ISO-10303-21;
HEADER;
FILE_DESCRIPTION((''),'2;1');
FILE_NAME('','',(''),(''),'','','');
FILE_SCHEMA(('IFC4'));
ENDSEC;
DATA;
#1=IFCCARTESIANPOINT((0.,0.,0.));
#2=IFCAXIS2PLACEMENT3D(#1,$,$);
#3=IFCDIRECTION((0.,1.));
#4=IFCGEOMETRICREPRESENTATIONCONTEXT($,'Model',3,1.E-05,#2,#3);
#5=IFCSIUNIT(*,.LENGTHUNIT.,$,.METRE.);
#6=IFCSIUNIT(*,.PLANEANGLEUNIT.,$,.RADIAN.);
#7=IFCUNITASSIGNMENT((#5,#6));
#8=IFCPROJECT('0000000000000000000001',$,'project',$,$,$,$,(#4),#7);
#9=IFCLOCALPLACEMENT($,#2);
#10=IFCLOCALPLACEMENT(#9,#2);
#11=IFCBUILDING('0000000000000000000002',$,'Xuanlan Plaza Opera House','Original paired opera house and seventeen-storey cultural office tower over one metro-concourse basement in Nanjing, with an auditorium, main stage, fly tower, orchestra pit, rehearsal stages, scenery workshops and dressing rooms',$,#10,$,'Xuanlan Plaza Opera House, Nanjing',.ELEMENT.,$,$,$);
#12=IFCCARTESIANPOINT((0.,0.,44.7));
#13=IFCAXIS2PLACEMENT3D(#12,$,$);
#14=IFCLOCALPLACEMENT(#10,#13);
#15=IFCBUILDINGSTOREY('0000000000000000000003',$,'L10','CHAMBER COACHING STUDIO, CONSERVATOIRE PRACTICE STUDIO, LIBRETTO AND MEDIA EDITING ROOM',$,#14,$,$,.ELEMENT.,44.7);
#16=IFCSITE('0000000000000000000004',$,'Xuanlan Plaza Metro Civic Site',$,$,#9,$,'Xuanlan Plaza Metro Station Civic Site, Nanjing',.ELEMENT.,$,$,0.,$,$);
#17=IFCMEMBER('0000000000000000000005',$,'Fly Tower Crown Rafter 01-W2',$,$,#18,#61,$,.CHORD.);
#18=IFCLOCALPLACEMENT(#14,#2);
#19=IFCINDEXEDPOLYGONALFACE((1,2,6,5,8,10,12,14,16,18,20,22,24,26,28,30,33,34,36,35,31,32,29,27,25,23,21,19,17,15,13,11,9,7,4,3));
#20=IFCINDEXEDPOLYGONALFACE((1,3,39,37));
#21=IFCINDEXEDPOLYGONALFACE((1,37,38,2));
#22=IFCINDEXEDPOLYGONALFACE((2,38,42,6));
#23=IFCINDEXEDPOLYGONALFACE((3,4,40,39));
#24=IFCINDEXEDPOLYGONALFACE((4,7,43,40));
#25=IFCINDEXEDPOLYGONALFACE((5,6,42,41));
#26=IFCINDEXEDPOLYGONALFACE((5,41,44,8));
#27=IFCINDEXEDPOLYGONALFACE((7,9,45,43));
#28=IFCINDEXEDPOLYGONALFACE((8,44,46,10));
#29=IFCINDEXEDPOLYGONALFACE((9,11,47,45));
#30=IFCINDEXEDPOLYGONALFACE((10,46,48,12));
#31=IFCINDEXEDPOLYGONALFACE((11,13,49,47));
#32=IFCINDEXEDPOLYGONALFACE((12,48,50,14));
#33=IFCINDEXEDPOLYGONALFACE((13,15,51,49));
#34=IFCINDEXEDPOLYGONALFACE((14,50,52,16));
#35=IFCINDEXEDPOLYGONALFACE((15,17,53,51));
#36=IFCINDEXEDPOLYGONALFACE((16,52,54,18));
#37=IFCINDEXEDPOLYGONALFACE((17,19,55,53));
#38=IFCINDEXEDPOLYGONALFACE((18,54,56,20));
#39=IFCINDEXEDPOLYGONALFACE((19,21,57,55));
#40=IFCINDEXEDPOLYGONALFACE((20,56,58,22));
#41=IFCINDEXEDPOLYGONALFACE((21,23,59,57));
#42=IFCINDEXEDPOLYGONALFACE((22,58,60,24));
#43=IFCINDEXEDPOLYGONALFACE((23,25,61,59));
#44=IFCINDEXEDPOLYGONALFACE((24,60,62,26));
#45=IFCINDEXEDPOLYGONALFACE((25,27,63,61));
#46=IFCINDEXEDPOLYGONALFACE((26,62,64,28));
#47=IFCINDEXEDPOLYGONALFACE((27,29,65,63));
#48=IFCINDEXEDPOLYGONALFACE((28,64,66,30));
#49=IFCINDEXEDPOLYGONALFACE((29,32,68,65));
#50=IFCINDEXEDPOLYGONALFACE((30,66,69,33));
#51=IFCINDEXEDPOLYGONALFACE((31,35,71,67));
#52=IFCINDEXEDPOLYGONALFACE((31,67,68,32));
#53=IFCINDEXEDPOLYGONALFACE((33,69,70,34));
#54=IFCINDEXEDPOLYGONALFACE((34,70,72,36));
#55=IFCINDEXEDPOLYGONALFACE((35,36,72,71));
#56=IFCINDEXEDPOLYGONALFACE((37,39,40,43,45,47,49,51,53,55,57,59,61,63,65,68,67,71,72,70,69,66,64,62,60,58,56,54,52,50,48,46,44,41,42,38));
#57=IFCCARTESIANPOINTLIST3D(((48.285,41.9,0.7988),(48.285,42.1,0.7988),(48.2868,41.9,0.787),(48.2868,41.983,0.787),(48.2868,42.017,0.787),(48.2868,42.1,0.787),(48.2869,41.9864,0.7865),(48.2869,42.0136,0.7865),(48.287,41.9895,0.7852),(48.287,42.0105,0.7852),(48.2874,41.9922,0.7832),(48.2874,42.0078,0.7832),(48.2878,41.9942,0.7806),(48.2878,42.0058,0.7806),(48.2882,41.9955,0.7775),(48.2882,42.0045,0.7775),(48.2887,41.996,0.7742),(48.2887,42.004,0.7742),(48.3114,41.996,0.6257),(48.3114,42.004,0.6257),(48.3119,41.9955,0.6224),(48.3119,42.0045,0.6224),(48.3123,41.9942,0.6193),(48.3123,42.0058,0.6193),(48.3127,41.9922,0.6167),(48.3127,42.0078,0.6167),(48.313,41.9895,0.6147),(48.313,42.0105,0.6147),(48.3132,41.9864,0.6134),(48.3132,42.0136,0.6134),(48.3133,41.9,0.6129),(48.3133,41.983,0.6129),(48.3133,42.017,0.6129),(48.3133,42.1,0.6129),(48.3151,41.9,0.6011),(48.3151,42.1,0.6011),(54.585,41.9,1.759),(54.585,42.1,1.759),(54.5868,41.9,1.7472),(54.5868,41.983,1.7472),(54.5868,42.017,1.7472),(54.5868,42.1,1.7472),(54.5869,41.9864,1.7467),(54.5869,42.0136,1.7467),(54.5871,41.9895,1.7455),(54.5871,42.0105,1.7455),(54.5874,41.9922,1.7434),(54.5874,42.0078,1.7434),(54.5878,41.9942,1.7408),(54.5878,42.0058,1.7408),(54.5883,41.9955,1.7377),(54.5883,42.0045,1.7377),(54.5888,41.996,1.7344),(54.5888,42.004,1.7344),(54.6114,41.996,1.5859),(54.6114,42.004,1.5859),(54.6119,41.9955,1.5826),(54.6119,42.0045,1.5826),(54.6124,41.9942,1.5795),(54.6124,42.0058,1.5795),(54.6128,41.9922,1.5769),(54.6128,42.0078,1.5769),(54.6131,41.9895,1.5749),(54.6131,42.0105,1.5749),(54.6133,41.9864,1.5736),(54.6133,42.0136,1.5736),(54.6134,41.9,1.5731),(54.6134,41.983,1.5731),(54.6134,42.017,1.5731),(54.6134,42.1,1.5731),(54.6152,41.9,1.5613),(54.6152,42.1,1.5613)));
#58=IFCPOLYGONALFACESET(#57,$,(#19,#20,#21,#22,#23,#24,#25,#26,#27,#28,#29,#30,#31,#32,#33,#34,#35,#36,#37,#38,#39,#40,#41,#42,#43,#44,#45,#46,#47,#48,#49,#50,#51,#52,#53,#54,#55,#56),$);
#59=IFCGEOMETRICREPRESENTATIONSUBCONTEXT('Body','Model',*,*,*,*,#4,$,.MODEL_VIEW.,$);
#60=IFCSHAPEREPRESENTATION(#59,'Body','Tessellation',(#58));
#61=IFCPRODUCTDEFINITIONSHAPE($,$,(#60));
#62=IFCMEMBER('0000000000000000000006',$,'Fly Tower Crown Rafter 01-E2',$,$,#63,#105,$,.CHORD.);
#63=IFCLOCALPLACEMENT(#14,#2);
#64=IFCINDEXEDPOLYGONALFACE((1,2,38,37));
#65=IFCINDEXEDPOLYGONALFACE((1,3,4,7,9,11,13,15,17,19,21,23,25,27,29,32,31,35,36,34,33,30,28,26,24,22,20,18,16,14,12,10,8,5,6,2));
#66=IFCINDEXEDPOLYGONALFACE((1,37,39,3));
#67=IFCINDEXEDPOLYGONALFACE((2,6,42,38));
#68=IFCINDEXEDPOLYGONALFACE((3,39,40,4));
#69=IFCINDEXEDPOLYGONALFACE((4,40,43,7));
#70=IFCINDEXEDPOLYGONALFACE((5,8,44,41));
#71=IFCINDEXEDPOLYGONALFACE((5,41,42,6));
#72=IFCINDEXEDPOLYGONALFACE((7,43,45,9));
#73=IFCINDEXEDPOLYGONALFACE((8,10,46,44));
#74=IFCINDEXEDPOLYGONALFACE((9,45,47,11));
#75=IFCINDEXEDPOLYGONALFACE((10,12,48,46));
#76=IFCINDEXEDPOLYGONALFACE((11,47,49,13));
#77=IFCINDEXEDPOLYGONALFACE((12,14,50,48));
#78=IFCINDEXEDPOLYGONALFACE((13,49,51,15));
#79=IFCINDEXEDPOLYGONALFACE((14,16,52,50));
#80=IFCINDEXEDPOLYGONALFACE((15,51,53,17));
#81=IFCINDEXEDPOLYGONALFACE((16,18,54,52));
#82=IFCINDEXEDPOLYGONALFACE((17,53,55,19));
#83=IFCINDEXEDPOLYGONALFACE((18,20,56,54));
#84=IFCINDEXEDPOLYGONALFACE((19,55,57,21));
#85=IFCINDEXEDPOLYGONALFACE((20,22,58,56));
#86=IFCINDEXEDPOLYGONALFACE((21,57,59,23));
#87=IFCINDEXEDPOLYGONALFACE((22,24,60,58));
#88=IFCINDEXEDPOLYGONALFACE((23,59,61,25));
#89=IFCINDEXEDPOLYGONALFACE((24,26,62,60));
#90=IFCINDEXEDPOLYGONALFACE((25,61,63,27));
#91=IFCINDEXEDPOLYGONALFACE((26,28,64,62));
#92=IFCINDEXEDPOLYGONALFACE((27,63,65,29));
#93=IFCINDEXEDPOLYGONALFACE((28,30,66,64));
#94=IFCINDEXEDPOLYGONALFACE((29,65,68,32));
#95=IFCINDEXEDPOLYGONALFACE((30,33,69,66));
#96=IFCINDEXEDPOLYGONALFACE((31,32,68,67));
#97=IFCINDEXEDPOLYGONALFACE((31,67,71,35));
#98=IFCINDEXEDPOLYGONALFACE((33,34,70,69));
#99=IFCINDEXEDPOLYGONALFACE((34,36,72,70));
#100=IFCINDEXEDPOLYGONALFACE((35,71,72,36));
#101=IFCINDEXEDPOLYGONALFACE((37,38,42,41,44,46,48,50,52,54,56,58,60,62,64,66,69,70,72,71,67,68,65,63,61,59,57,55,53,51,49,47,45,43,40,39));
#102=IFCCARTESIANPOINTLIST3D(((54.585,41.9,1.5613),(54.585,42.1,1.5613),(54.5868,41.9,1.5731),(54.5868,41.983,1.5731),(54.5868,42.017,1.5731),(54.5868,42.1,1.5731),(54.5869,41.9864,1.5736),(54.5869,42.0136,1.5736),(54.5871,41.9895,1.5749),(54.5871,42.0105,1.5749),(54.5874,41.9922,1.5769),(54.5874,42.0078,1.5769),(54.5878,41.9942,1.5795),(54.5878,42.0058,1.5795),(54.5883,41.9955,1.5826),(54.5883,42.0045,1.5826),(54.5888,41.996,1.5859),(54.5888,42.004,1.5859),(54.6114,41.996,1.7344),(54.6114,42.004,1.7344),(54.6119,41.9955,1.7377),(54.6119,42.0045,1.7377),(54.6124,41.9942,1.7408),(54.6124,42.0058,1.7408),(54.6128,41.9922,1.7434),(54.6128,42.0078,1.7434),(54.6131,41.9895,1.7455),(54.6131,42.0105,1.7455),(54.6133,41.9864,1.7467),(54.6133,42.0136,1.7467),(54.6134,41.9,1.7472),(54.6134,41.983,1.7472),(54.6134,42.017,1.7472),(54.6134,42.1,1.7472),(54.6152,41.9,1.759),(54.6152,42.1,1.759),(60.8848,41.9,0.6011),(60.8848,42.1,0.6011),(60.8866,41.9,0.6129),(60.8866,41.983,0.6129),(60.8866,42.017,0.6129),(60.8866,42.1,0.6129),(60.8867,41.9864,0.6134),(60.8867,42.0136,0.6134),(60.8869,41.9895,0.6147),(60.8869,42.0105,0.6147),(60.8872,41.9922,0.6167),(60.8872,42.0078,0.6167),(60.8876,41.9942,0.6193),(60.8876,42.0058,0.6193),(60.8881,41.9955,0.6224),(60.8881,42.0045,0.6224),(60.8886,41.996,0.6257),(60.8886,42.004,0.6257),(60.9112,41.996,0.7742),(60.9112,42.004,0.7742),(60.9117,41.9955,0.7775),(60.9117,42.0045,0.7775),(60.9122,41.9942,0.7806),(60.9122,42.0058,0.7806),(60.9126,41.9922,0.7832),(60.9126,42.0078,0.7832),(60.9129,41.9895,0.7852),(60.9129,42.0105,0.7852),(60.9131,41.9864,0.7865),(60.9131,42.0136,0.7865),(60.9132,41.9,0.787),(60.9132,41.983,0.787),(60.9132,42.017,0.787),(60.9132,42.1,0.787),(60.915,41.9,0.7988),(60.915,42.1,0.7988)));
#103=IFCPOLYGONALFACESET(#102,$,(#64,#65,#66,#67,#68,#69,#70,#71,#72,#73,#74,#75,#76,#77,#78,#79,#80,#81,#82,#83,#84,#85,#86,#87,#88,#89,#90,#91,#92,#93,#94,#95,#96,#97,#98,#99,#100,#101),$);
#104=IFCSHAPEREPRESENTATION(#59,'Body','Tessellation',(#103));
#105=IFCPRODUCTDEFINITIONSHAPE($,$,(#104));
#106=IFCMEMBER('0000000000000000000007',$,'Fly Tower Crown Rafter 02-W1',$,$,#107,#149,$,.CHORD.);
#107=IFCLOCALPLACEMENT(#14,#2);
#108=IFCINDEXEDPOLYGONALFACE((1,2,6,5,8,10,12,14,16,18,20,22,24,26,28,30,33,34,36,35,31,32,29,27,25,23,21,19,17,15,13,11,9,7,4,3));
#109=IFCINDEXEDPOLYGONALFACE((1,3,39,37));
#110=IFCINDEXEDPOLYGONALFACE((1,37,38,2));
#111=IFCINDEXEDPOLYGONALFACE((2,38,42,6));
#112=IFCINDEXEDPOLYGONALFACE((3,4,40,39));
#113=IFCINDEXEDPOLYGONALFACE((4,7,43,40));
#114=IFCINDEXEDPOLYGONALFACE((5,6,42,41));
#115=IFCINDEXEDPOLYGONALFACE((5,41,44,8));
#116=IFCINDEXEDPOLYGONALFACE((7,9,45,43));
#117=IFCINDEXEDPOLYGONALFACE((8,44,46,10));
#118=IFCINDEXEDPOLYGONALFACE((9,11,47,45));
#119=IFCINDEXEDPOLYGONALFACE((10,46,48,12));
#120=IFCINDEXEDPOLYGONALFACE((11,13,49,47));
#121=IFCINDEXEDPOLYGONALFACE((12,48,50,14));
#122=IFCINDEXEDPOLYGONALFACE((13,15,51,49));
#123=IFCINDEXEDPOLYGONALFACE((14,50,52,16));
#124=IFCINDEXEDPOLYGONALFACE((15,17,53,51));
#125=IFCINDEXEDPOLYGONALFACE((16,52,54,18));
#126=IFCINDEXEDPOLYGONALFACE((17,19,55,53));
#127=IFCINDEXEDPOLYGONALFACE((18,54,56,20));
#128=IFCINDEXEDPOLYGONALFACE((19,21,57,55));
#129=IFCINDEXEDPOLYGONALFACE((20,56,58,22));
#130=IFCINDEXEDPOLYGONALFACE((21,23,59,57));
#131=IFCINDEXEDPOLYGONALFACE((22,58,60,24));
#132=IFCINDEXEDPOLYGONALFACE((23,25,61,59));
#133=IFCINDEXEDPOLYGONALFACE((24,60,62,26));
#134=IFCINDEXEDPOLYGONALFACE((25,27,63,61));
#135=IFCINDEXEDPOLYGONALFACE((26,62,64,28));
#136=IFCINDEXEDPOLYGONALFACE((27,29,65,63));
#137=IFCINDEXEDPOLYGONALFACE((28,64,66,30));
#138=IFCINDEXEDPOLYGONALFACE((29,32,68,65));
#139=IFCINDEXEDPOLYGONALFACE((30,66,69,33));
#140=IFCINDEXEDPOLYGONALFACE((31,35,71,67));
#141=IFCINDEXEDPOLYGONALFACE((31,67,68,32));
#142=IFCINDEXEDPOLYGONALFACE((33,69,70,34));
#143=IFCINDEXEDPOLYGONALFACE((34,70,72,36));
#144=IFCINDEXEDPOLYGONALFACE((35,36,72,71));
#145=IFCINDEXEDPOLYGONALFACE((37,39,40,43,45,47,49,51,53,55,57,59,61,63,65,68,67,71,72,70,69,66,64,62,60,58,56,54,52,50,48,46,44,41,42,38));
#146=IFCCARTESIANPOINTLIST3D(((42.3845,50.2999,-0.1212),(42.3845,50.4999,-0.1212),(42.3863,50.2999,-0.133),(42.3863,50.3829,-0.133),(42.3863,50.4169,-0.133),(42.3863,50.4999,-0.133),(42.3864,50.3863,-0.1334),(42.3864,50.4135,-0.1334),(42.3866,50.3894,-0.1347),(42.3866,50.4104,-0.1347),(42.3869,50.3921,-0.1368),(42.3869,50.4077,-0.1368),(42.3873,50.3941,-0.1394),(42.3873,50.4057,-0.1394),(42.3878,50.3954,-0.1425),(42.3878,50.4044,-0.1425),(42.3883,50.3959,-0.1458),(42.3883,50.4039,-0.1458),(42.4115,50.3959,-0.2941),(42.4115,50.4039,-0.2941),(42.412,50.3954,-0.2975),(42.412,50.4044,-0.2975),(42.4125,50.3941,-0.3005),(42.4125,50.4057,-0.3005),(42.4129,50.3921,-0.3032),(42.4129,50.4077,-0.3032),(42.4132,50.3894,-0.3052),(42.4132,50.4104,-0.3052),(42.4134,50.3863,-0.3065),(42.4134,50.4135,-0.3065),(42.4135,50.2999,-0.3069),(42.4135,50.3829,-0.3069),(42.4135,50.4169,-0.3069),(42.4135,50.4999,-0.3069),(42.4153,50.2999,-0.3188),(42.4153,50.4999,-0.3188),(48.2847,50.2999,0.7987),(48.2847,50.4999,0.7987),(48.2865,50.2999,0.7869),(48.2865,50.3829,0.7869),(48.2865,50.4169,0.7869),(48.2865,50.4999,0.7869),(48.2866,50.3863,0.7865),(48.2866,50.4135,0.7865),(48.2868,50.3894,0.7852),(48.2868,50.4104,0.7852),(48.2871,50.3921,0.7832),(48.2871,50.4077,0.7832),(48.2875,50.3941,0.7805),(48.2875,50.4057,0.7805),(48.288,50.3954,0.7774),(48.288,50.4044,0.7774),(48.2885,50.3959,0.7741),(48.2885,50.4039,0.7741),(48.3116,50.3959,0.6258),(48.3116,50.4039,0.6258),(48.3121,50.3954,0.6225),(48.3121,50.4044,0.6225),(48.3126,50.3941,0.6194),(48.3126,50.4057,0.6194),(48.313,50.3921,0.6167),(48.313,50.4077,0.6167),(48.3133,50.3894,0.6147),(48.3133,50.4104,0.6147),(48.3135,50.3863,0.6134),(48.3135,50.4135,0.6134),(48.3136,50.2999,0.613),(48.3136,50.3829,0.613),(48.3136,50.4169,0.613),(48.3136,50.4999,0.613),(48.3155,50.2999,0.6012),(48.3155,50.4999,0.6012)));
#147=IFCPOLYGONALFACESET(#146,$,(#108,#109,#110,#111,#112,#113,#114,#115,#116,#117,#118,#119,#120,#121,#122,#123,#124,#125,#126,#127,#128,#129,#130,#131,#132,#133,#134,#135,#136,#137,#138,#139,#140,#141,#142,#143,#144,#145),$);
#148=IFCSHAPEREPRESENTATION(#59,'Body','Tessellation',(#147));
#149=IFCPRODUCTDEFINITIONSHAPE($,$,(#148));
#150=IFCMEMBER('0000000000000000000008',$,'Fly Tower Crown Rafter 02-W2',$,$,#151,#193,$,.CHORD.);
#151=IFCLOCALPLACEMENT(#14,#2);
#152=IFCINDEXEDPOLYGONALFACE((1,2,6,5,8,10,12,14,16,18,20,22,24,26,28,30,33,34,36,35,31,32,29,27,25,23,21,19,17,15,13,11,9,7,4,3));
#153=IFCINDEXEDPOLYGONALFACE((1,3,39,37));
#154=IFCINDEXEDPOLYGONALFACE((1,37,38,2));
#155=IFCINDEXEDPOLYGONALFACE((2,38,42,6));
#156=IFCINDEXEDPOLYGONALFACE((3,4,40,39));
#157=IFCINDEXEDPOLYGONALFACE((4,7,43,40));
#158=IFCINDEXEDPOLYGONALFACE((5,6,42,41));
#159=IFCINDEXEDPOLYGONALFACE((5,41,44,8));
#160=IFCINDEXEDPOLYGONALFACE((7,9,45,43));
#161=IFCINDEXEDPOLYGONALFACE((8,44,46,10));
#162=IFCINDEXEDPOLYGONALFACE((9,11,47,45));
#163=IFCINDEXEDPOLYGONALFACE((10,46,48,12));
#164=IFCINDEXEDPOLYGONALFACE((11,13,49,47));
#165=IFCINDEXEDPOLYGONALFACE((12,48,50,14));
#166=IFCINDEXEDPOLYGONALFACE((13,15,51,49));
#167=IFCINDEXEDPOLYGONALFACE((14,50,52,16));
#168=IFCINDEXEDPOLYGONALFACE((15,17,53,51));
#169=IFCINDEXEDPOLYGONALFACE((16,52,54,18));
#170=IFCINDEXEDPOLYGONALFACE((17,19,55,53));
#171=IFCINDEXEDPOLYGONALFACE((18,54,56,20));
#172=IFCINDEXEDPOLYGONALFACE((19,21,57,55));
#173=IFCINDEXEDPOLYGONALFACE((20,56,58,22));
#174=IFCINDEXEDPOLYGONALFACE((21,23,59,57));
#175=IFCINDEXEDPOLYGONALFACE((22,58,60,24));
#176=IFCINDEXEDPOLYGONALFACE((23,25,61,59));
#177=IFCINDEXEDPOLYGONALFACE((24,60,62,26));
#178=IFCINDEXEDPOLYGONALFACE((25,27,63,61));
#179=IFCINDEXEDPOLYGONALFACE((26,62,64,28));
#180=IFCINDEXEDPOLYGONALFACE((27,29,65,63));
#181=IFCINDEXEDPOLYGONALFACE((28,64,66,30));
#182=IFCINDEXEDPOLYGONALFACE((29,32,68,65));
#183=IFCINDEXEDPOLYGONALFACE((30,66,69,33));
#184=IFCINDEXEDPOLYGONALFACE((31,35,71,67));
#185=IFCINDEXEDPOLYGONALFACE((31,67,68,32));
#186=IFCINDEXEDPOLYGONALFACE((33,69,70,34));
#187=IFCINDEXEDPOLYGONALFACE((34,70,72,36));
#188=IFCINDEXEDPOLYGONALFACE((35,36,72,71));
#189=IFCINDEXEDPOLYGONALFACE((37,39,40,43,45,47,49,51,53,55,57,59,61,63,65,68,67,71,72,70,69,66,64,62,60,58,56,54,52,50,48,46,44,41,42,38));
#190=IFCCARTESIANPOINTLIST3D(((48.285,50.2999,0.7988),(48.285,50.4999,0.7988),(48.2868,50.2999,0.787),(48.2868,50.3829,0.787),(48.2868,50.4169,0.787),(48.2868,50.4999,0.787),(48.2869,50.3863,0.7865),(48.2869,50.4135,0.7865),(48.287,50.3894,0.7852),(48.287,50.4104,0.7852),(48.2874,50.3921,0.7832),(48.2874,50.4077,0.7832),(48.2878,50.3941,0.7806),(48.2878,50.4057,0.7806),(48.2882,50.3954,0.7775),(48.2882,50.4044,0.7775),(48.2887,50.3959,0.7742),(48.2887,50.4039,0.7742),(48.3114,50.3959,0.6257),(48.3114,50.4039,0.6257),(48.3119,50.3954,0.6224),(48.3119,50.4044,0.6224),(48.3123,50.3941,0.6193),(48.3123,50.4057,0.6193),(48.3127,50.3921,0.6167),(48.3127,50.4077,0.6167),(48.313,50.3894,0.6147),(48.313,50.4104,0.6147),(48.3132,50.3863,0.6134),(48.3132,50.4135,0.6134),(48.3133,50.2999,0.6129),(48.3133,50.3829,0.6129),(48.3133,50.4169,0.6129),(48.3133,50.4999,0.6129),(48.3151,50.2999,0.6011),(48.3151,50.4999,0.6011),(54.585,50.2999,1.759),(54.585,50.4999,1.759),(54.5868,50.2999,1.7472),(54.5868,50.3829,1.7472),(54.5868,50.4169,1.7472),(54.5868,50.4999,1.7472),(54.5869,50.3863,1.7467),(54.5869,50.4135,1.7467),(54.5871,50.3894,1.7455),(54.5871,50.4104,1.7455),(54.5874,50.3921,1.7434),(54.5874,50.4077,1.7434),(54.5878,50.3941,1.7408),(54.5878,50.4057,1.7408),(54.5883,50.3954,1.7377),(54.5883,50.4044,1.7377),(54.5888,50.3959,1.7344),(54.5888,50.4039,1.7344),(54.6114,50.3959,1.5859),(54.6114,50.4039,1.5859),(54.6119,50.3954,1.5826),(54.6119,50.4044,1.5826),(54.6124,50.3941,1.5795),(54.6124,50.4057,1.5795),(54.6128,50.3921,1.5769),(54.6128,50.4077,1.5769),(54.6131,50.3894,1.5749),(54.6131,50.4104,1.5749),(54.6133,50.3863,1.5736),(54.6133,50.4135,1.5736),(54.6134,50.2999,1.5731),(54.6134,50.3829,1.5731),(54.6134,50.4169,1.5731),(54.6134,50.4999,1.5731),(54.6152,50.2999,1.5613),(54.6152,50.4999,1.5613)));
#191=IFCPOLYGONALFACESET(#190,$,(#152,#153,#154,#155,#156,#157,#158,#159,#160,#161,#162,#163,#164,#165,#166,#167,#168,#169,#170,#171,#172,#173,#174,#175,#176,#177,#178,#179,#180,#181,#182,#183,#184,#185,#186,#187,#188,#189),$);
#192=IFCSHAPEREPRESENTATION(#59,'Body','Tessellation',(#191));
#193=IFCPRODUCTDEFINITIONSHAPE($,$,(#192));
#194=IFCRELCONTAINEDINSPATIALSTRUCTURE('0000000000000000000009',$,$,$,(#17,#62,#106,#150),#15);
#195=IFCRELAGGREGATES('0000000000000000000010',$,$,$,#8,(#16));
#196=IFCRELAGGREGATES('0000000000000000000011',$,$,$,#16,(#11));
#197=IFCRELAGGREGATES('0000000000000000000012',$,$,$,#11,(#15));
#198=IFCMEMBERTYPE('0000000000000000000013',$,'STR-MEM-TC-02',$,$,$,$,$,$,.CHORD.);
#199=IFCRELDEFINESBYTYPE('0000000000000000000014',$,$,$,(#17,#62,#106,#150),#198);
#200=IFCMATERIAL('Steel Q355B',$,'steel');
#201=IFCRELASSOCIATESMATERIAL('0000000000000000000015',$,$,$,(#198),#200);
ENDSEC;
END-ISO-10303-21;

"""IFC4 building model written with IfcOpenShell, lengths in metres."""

from ifc_helpers import new_model, si_unit, direction, frame, origin, origin_2d, place, context, subcontext, project, spatial, i_section, extrude, material, material_profile, profile_set, type_object, element, save


model = new_model("IFC4")

# Units and contexts
model_context = context("Model", 3, precision=1e-05, world=origin(), true_north=direction((0.0, 1.0)))
body_context = subcontext(model_context, "Body", "Model", "MODEL_VIEW")
ifc_project = project(units=[si_unit("LENGTHUNIT", "METRE"), si_unit("PLANEANGLEUNIT", "RADIAN")], contexts=[model_context])

# Site, building, storey
site_placement = place(None, origin())
site = spatial("IfcSite", under=ifc_project, at=site_placement, Name="Xuanlan Plaza Metro Civic Site", LongName="Xuanlan Plaza Metro Station Civic Site, Nanjing", CompositionType="ELEMENT", RefElevation=0.0)
building_placement = place(site_placement, origin())
building = spatial("IfcBuilding", under=site, at=building_placement, Name="Xuanlan Plaza Opera House", Description="Original paired opera house and seventeen-storey cultural office tower over one metro-concourse basement in Nanjing, with an auditorium, main stage, fly tower, orchestra pit, rehearsal stages, scenery workshops and dressing rooms", LongName="Xuanlan Plaza Opera House, Nanjing", CompositionType="ELEMENT")
storey_placement = place(building_placement, frame((0.0, 0.0, 44.7)))
storey = spatial("IfcBuildingStorey", under=building, at=storey_placement, Name="L10", Description="CHAMBER COACHING STUDIO, CONSERVATOIRE PRACTICE STUDIO, LIBRETTO AND MEDIA EDITING ROOM", CompositionType="ELEMENT", Elevation=44.7)

# Members
ifc_material_1 = material(Name="Steel Q355B", Category="steel")
ifc_material_profile_1 = material_profile(ifc_material_1, i_section(OverallWidth=0.2, OverallDepth=0.2, WebThickness=0.0081, FlangeThickness=0.012, FilletRadius=0.0129, at=origin_2d()), Name="HW 200x200x8x12")
ifc_profile_set_1 = profile_set([ifc_material_profile_1], Name="Steel Q355B")
member_type_1 = type_object("IfcMemberType", Name="STR-MEM-TC-02", PredefinedType="CHORD", material=ifc_profile_set_1)
member_1_placement = place(storey_placement, frame((48.3, 42.0, 0.7), z_axis=(0.988584, 0.0, 0.150672), x_axis=(0.0, 1.0, 0.0)))
element("IfcMember", 1, at=member_1_placement, inside=storey, type_object=member_type_1, Name="Fly Tower Crown Rafter 01-W2", PredefinedType="CHORD", context=body_context, shape_type="SweptSolid", body=[
    extrude(i_section(OverallWidth=0.2, OverallDepth=0.2, WebThickness=0.0081, FlangeThickness=0.012, FilletRadius=0.0129, at=origin_2d()), origin(), (0.0, 0.0, 1.0), 6.3728),
])
member_2_placement = place(storey_placement, frame((54.6001, 42.0, 1.6602), z_axis=(0.988583, 0.0, -0.150678), x_axis=(0.0, 1.0, 0.0)))
element("IfcMember", 2, at=member_2_placement, inside=storey, type_object=member_type_1, Name="Fly Tower Crown Rafter 01-E2", PredefinedType="CHORD", context=body_context, shape_type="SweptSolid", body=[
    extrude(i_section(OverallWidth=0.2, OverallDepth=0.2, WebThickness=0.0081, FlangeThickness=0.012, FilletRadius=0.0129, at=origin_2d()), origin(), (0.0, 0.0, 1.0), 6.3726),
])
member_3_placement = place(storey_placement, frame((42.3999, 50.3999, -0.22), z_axis=(0.988062, 0.0, 0.154054), x_axis=(0.0, 1.0, 0.0)))
element("IfcMember", 3, at=member_3_placement, inside=storey, type_object=member_type_1, Name="Fly Tower Crown Rafter 02-W1", PredefinedType="CHORD", context=body_context, shape_type="SweptSolid", body=[
    extrude(i_section(OverallWidth=0.2, OverallDepth=0.2, WebThickness=0.0081, FlangeThickness=0.012, FilletRadius=0.0129, at=origin_2d()), origin(), (0.0, 0.0, 1.0), 5.9714),
])
member_4_placement = place(storey_placement, frame((48.3, 50.3999, 0.7), z_axis=(0.988584, 0.0, 0.150672), x_axis=(0.0, 1.0, 0.0)))
element("IfcMember", 4, at=member_4_placement, inside=storey, type_object=member_type_1, Name="Fly Tower Crown Rafter 02-W2", PredefinedType="CHORD", context=body_context, shape_type="SweptSolid", body=[
    extrude(i_section(OverallWidth=0.2, OverallDepth=0.2, WebThickness=0.0081, FlangeThickness=0.012, FilletRadius=0.0129, at=origin_2d()), origin(), (0.0, 0.0, 1.0), 6.3728),
])

save(model, "model.ifc")
